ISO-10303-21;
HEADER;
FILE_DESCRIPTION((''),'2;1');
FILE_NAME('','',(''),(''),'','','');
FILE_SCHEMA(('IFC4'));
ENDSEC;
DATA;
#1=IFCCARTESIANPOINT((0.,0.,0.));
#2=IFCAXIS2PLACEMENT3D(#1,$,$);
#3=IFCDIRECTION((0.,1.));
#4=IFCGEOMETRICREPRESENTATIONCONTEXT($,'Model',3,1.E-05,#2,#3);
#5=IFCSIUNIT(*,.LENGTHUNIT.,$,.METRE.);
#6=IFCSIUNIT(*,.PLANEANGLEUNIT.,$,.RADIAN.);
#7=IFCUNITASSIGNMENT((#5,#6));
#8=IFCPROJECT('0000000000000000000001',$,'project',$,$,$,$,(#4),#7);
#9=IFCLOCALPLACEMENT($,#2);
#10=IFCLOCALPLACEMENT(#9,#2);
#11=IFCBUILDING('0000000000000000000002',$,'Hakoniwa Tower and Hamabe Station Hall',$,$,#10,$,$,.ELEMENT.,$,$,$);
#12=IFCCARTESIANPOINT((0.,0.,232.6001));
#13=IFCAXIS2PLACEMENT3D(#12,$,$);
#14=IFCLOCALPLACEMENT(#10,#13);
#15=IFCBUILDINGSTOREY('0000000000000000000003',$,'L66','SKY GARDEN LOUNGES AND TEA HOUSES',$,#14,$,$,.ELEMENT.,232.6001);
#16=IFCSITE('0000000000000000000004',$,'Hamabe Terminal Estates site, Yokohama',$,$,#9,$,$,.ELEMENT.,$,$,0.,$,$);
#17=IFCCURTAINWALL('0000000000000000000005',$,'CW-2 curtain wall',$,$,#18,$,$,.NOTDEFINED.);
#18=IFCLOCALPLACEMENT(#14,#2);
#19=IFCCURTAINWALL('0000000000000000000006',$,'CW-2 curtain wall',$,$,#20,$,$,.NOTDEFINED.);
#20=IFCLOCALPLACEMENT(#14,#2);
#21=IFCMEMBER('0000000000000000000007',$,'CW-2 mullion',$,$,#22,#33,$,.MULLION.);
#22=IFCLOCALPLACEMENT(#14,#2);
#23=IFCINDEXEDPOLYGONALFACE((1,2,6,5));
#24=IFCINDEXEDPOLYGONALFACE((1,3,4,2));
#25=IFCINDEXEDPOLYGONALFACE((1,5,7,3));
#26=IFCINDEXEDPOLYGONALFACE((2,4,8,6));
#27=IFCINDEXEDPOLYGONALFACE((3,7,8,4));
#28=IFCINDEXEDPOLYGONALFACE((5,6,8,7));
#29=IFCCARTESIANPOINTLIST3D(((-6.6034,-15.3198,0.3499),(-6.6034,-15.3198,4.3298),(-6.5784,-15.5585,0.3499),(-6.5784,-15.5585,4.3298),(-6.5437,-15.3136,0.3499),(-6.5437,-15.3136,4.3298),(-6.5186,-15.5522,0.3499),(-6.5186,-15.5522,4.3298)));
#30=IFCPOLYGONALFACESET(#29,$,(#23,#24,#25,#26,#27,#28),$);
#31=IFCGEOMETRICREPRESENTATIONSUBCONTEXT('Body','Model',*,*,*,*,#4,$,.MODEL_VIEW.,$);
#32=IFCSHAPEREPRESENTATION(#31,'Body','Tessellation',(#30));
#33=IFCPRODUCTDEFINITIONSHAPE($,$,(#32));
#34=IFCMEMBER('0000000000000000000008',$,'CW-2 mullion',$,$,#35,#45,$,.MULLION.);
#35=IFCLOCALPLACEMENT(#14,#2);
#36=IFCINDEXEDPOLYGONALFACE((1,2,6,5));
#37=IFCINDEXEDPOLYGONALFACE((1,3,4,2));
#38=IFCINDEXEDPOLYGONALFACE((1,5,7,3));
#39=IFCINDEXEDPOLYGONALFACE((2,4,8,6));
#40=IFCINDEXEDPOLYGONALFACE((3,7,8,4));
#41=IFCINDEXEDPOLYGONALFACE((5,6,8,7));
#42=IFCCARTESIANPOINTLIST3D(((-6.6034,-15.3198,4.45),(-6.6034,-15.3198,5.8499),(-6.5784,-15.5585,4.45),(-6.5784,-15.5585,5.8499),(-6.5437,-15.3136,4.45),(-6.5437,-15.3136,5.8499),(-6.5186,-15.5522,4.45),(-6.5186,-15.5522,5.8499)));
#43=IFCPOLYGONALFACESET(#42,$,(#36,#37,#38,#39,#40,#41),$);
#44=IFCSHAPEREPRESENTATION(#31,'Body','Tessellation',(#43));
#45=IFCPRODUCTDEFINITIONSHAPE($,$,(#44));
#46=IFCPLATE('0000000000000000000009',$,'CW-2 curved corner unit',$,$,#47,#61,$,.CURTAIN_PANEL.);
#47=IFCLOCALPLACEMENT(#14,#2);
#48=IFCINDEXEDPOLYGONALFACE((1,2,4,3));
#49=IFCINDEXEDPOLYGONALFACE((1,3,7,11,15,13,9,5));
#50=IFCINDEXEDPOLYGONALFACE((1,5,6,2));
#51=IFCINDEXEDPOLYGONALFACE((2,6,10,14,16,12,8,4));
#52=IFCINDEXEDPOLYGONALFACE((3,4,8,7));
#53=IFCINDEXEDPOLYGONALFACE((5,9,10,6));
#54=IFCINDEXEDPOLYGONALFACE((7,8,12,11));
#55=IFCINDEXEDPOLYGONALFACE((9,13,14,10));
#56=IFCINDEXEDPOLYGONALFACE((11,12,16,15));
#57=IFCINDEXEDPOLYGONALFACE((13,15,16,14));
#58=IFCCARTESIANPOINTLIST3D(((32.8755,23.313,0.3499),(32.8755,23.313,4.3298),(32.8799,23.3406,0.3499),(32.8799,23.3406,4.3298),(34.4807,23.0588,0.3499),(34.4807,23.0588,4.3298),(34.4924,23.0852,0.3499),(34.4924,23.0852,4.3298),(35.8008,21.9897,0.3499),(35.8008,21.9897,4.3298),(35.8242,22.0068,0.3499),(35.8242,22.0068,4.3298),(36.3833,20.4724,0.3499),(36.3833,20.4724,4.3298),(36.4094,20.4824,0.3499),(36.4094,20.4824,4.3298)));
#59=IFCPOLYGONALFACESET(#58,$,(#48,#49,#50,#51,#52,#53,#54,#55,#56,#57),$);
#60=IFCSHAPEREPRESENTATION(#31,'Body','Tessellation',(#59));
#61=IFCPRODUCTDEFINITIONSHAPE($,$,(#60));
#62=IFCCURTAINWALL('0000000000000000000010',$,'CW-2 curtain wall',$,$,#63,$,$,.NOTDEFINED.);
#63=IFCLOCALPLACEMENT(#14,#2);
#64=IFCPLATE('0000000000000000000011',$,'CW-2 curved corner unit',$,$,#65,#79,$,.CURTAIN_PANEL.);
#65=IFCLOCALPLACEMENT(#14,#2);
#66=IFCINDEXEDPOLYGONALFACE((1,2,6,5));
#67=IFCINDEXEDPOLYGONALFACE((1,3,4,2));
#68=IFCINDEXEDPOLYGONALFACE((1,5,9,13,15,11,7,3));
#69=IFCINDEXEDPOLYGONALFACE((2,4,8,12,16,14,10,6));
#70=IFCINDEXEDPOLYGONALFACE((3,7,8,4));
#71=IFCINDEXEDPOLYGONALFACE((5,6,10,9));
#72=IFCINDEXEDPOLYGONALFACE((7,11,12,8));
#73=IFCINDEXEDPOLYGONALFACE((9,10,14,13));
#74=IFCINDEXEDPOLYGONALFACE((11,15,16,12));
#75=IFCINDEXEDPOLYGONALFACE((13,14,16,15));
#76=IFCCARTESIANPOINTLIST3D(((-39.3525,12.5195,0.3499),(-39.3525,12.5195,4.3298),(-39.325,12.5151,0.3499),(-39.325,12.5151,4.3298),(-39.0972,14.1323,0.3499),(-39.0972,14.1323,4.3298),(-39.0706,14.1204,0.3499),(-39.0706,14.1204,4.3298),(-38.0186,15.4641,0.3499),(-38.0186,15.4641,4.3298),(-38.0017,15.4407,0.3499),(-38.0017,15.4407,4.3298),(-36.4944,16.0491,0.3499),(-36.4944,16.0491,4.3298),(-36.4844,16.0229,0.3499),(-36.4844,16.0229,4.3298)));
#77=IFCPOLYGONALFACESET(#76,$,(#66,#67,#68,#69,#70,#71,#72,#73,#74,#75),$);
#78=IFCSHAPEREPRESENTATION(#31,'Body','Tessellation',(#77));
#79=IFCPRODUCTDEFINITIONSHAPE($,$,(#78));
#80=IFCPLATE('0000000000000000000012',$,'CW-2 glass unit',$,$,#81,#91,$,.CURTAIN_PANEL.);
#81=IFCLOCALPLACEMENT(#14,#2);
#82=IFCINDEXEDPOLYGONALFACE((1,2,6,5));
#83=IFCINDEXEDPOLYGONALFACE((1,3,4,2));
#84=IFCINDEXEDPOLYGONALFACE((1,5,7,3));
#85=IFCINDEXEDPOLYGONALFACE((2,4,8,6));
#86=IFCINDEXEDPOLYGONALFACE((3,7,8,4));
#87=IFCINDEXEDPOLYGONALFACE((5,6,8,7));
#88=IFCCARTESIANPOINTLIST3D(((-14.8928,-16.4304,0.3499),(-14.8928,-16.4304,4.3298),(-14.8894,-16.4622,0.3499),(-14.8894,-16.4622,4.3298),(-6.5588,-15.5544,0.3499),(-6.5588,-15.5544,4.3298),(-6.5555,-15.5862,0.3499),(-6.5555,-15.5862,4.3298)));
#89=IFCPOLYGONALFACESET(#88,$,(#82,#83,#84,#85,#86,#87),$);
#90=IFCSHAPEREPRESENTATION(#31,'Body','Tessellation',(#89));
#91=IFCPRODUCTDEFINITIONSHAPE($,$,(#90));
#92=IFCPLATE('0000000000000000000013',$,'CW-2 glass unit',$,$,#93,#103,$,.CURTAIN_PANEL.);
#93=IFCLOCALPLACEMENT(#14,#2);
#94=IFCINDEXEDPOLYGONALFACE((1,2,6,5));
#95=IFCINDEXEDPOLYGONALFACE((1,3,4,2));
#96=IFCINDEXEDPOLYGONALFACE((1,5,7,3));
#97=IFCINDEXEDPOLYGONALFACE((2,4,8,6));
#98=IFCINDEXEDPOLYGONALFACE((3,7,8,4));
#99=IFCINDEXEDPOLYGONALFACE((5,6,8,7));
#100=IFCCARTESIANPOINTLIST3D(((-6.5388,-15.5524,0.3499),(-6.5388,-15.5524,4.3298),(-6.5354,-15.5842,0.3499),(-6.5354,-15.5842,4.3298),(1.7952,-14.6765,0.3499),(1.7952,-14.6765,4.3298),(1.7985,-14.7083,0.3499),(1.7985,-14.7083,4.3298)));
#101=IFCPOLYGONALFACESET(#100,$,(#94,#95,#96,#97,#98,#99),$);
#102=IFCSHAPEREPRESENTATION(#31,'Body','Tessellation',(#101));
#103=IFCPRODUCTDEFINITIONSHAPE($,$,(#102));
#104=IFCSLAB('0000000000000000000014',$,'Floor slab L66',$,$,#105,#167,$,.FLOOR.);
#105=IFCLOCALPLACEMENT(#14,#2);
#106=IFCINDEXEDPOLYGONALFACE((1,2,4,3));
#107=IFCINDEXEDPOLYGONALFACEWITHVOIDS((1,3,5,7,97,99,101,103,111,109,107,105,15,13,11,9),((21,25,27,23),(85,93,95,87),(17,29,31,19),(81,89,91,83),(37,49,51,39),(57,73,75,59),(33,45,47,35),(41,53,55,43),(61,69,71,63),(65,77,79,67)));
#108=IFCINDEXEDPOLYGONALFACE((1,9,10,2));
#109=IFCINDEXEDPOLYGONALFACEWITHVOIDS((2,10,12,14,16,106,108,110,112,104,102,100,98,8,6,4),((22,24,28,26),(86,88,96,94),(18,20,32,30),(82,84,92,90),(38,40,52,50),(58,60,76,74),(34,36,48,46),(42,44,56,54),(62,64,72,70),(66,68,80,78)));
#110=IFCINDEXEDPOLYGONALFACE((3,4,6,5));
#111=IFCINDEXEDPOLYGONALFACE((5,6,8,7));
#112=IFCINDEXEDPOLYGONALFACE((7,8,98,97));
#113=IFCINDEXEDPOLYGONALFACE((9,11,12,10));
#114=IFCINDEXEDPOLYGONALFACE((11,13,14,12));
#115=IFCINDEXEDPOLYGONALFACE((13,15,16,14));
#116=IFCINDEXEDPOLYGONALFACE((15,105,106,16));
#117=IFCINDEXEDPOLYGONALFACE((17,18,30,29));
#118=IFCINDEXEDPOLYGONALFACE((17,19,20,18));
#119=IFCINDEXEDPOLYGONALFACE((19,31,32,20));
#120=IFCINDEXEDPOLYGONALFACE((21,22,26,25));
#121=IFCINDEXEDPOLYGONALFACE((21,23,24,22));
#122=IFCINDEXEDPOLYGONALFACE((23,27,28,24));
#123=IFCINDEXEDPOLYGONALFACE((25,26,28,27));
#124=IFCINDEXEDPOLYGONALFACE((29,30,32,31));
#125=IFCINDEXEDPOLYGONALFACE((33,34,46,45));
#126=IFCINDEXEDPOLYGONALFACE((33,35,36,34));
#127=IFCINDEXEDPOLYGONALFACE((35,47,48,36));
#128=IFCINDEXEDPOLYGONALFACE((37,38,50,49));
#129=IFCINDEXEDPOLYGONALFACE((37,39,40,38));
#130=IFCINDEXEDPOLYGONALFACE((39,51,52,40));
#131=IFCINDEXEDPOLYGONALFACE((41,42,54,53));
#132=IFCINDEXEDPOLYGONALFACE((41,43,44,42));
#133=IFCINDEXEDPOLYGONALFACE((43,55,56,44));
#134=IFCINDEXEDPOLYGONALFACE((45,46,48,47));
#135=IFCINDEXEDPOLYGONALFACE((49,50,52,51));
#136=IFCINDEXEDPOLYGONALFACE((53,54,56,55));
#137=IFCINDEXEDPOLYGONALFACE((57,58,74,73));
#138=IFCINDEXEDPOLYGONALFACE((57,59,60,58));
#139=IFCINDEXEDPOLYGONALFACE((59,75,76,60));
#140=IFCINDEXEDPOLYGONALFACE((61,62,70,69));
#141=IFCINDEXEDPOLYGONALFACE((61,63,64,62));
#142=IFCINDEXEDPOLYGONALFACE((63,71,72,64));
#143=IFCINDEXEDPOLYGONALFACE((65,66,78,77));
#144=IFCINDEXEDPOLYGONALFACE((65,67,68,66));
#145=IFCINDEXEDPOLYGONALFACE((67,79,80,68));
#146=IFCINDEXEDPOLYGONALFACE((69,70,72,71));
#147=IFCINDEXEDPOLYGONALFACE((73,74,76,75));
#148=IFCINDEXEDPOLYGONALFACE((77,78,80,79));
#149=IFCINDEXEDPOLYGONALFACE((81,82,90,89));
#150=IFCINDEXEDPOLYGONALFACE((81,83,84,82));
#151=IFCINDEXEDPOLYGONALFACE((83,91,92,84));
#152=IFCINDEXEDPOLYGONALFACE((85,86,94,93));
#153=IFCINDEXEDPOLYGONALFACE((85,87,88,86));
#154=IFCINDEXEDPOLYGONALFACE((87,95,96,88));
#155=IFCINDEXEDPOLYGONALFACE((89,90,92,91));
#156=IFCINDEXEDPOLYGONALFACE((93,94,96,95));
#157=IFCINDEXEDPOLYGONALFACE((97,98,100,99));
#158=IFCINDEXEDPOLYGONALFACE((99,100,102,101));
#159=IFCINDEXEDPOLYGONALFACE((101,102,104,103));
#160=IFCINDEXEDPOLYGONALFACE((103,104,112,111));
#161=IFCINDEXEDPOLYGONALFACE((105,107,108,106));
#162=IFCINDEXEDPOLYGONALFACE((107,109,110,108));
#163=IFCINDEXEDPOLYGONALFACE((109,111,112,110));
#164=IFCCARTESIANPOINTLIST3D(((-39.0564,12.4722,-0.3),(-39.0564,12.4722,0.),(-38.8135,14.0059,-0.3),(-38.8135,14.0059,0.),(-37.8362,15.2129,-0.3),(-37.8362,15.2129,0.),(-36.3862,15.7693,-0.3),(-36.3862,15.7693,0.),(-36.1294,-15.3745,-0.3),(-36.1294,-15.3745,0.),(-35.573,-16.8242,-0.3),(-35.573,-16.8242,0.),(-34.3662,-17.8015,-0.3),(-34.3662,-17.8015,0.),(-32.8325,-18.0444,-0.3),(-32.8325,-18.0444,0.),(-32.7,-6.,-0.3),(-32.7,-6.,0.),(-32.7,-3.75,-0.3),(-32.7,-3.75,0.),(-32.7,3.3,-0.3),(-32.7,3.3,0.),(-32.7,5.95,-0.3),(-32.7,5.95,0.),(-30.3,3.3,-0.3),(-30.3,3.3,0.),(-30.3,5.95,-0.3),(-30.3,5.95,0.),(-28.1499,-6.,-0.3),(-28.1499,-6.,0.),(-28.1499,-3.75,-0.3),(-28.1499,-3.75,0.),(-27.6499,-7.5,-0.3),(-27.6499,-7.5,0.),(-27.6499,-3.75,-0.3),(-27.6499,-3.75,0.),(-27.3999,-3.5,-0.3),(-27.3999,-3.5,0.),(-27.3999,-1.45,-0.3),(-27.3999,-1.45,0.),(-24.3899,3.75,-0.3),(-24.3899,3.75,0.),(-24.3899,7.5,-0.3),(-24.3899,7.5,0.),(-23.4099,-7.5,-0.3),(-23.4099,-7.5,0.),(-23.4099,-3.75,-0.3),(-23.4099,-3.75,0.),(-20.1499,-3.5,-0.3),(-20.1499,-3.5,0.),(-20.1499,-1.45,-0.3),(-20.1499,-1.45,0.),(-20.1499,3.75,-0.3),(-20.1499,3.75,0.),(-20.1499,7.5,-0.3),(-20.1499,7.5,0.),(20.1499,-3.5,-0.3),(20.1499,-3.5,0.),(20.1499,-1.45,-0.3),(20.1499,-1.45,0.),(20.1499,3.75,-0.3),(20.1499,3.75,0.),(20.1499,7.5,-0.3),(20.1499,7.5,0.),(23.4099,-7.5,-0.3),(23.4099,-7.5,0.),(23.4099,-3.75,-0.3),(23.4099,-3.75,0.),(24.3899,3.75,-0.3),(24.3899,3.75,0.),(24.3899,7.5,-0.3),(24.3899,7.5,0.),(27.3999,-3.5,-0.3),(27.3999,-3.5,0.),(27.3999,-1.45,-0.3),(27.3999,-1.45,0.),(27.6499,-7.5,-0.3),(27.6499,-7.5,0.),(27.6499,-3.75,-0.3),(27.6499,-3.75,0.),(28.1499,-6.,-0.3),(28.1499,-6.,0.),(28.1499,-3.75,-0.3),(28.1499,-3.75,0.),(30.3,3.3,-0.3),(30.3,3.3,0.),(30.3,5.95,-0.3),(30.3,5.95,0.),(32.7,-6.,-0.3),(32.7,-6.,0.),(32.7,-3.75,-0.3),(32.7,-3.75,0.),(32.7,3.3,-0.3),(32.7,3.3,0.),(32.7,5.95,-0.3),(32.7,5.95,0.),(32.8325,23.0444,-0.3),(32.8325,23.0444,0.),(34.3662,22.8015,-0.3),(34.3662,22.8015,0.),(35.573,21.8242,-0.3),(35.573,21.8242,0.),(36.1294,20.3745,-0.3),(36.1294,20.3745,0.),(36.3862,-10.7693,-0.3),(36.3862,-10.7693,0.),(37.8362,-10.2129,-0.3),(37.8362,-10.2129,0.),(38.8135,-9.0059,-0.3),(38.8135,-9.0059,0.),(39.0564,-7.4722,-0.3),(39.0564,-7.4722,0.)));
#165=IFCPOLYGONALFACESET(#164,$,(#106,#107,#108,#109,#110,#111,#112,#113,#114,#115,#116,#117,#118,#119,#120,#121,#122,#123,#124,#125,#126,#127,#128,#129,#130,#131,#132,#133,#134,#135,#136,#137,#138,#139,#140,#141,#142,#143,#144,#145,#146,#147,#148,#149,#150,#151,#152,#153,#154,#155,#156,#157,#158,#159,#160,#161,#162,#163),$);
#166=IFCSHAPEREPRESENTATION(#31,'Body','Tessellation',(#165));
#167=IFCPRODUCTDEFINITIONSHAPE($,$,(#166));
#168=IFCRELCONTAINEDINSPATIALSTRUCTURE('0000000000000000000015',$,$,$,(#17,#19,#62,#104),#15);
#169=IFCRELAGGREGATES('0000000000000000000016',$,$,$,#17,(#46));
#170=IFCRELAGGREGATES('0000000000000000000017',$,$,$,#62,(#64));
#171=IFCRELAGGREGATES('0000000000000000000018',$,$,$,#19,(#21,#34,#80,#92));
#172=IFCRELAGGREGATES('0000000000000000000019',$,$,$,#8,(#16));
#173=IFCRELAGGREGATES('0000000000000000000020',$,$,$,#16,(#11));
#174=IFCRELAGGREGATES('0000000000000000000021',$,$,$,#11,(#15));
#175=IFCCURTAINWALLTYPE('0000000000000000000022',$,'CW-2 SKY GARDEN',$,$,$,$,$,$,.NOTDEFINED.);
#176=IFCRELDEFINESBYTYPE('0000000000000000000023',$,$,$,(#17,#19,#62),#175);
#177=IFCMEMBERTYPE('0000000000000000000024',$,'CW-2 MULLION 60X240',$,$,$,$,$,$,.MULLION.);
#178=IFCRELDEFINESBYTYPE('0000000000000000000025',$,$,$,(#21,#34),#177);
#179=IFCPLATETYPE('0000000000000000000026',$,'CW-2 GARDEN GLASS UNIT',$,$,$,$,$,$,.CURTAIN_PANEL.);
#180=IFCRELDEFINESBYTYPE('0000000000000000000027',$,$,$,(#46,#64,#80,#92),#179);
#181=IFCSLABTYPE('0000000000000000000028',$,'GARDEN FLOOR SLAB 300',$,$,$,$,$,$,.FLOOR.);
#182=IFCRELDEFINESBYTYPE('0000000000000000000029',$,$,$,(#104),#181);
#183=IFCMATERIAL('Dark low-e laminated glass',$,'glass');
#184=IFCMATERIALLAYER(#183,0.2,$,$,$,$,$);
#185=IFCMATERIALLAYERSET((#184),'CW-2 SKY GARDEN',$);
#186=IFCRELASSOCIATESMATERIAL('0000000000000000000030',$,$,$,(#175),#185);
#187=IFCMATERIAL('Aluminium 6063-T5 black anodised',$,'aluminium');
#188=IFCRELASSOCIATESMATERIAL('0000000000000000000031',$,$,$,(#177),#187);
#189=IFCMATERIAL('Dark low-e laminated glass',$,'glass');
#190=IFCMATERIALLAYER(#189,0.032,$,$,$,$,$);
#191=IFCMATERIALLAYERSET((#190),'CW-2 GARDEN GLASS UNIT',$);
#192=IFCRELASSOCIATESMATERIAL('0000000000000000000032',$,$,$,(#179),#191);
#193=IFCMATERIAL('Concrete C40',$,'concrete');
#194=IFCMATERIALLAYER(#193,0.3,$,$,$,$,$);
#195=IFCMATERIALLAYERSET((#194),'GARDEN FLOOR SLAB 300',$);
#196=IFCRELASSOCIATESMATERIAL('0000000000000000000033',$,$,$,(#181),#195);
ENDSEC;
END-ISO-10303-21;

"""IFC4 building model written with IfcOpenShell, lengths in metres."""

from ifc_helpers import new_model, si_unit, direction, frame, origin, origin_2d, place, context, subcontext, project, spatial, polyline, rectangle, outline, extrude, material, layer, layer_set, material_profile, profile_set, type_object, element, aggregate, save


model = new_model("IFC4")

# Units and contexts
model_context = context("Model", 3, precision=1e-05, world=origin(), true_north=direction((0.0, 1.0)))
body_context = subcontext(model_context, "Body", "Model", "MODEL_VIEW")
ifc_project = project(units=[si_unit("LENGTHUNIT", "METRE"), si_unit("PLANEANGLEUNIT", "RADIAN")], contexts=[model_context])

# Site, building, storey
site_placement = place(None, origin())
site = spatial("IfcSite", under=ifc_project, at=site_placement, Name="Hamabe Terminal Estates site, Yokohama", CompositionType="ELEMENT", RefElevation=0.0)
building_placement = place(site_placement, origin())
building = spatial("IfcBuilding", under=site, at=building_placement, Name="Hakoniwa Tower and Hamabe Station Hall", CompositionType="ELEMENT")
storey_placement = place(building_placement, frame((0.0, 0.0, 232.6001)))
storey = spatial("IfcBuildingStorey", under=building, at=storey_placement, Name="L66", Description="SKY GARDEN LOUNGES AND TEA HOUSES", CompositionType="ELEMENT", Elevation=232.6001)

# Curtain walls, members
ifc_material_1 = material(Name="Dark low-e laminated glass", Category="glass")
ifc_layer_1 = layer(ifc_material_1, 0.2)
ifc_layer_set_1 = layer_set([ifc_layer_1], Name="CW-2 SKY GARDEN")
curtain_wall_type = type_object("IfcCurtainWallType", Name="CW-2 SKY GARDEN", PredefinedType="NOTDEFINED", material=ifc_layer_set_1)
curtain_wall_1_placement = place(storey_placement, origin())
curtain_wall_1 = element("IfcCurtainWall", 1, at=curtain_wall_1_placement, inside=storey, type_object=curtain_wall_type, Name="CW-2 curtain wall", PredefinedType="NOTDEFINED")
curtain_wall_2_placement = place(storey_placement, origin())
curtain_wall_2 = element("IfcCurtainWall", 2, at=curtain_wall_2_placement, inside=storey, type_object=curtain_wall_type, Name="CW-2 curtain wall", PredefinedType="NOTDEFINED")
ifc_material_2 = material(Name="Aluminium 6063-T5 black anodised", Category="aluminium")
ifc_material_profile_1 = material_profile(ifc_material_2, rectangle(XDim=0.0601, YDim=0.24, at=origin_2d()), Name="CW-2 MULLION 60X240")
ifc_profile_set_1 = profile_set([ifc_material_profile_1], Name="Aluminium 6063-T5 black anodised")
member_type_1 = type_object("IfcMemberType", Name="CW-2 MULLION 60X240", PredefinedType="MULLION", material=ifc_profile_set_1)
member_1_placement = place(storey_placement, frame((-6.561, -15.436, 0.3499), z_axis=(0.0, 0.0, 1.0), x_axis=(0.994522, 0.104528, 0.0)))
member_1 = element("IfcMember", 3, at=member_1_placement, type_object=member_type_1, Name="CW-2 mullion", PredefinedType="MULLION", context=body_context, shape_type="SweptSolid", body=[
    extrude(rectangle(XDim=0.0601, YDim=0.24, at=origin_2d()), origin(), (0.0, 0.0, 1.0), 3.98),
])
member_2_placement = place(storey_placement, frame((-6.561, -15.436, 4.45), z_axis=(0.0, 0.0, 1.0), x_axis=(0.994522, 0.104528, 0.0)))
member_2 = element("IfcMember", 4, at=member_2_placement, type_object=member_type_1, Name="CW-2 mullion", PredefinedType="MULLION", context=body_context, shape_type="SweptSolid", body=[
    extrude(rectangle(XDim=0.0601, YDim=0.24, at=origin_2d()), origin(), (0.0, 0.0, 1.0), 1.3999),
])

# Plate
ifc_material_3 = material(Name="Dark low-e laminated glass", Category="glass")
ifc_layer_2 = layer(ifc_material_3, 0.032)
ifc_layer_set_2 = layer_set([ifc_layer_2], Name="CW-2 GARDEN GLASS UNIT")
plate_type = type_object("IfcPlateType", Name="CW-2 GARDEN GLASS UNIT", PredefinedType="CURTAIN_PANEL", material=ifc_layer_set_2)
plate_1_placement = place(storey_placement, frame((0.0, 0.0, 0.3499)))
plate_1 = element("IfcPlate", 5, at=plate_1_placement, type_object=plate_type, Name="CW-2 curved corner unit", PredefinedType="CURTAIN_PANEL", context=body_context, shape_type="SweptSolid", body=[
    extrude(outline(polyline([(36.4094, 20.4824), (35.8242, 22.0068), (34.4924, 23.0852), (32.8799, 23.3406), (32.8755, 23.313), (34.4807, 23.0588), (35.8008, 21.9897), (36.3833, 20.4724), (36.4094, 20.4824)])), origin(), (0.0, 0.0, 1.0), 3.98),
])
aggregate(curtain_wall_1, [plate_1])

# Curtain wall, plate
curtain_wall_3_placement = place(storey_placement, origin())
curtain_wall_3 = element("IfcCurtainWall", 6, at=curtain_wall_3_placement, inside=storey, type_object=curtain_wall_type, Name="CW-2 curtain wall", PredefinedType="NOTDEFINED")
plate_2_placement = place(storey_placement, frame((0.0, 0.0, 0.3499)))
plate_2 = element("IfcPlate", 7, at=plate_2_placement, type_object=plate_type, Name="CW-2 curved corner unit", PredefinedType="CURTAIN_PANEL", context=body_context, shape_type="SweptSolid", body=[
    extrude(outline(polyline([(-36.4944, 16.0491), (-38.0186, 15.4641), (-39.0972, 14.1323), (-39.3525, 12.5195), (-39.325, 12.5151), (-39.0706, 14.1204), (-38.0017, 15.4407), (-36.4844, 16.0229), (-36.4944, 16.0491)])), origin(), (0.0, 0.0, 1.0), 3.98),
])
aggregate(curtain_wall_3, [plate_2])

# Plates
plate_3_placement = place(storey_placement, frame((-10.7241, -16.0083, 0.3499), z_axis=(0.0, 0.0, 1.0), x_axis=(0.994522, 0.104528, 0.0)))
plate_3 = element("IfcPlate", 8, at=plate_3_placement, type_object=plate_type, Name="CW-2 glass unit", PredefinedType="CURTAIN_PANEL", context=body_context, shape_type="SweptSolid", body=[
    extrude(rectangle(XDim=8.3799, YDim=0.032, at=origin_2d()), origin(), (0.0, 0.0, 1.0), 3.98),
])
plate_4_placement = place(storey_placement, frame((-2.3701, -15.1304, 0.3499), z_axis=(0.0, 0.0, 1.0), x_axis=(0.994522, 0.104528, 0.0)))
plate_4 = element("IfcPlate", 9, at=plate_4_placement, type_object=plate_type, Name="CW-2 glass unit", PredefinedType="CURTAIN_PANEL", context=body_context, shape_type="SweptSolid", body=[
    extrude(rectangle(XDim=8.3799, YDim=0.032, at=origin_2d()), origin(), (0.0, 0.0, 1.0), 3.98),
])

# Slab
ifc_material_4 = material(Name="Concrete C40", Category="concrete")
ifc_layer_3 = layer(ifc_material_4, 0.3)
ifc_layer_set_3 = layer_set([ifc_layer_3], Name="GARDEN FLOOR SLAB 300")
slab_type_1 = type_object("IfcSlabType", Name="GARDEN FLOOR SLAB 300", PredefinedType="FLOOR", material=ifc_layer_set_3)
slab_1_placement = place(storey_placement, frame((0.0, 0.0, -0.3)))
element("IfcSlab", 10, at=slab_1_placement, inside=storey, type_object=slab_type_1, Name="Floor slab L66", PredefinedType="FLOOR", context=body_context, shape_type="SweptSolid", body=[
    extrude(outline(polyline([(39.0564, -7.4722), (36.1294, 20.3745), (35.573, 21.8242), (34.3662, 22.8015), (32.8325, 23.0444), (-36.3862, 15.7693), (-37.8362, 15.2129), (-38.8135, 14.0059), (-39.0564, 12.4722), (-36.1294, -15.3745), (-35.573, -16.8242), (-34.3662, -17.8015), (-32.8325, -18.0444), (36.3862, -10.7693), (37.8362, -10.2129), (38.8135, -9.0059), (39.0564, -7.4722)]), holes=[polyline([(-27.3999, -3.5), (-27.3999, -1.45), (-20.1499, -1.45), (-20.1499, -3.5), (-27.3999, -3.5)]), polyline([(-32.7, 3.3), (-32.7, 5.95), (-30.3, 5.95), (-30.3, 3.3), (-32.7, 3.3)]), polyline([(-32.7, -6.0), (-32.7, -3.75), (-28.1499, -3.75), (-28.1499, -6.0), (-32.7, -6.0)]), polyline([(-24.3899, 3.75), (-24.3899, 7.5), (-20.1499, 7.5), (-20.1499, 3.75), (-24.3899, 3.75)]), polyline([(-27.6499, -7.5), (-27.6499, -3.75), (-23.4099, -3.75), (-23.4099, -7.5), (-27.6499, -7.5)]), polyline([(20.1499, -3.5), (20.1499, -1.45), (27.3999, -1.45), (27.3999, -3.5), (20.1499, -3.5)]), polyline([(30.3, 3.3), (30.3, 5.95), (32.7, 5.95), (32.7, 3.3), (30.3, 3.3)]), polyline([(28.1499, -6.0), (28.1499, -3.75), (32.7, -3.75), (32.7, -6.0), (28.1499, -6.0)]), polyline([(20.1499, 3.75), (20.1499, 7.5), (24.3899, 7.5), (24.3899, 3.75), (20.1499, 3.75)]), polyline([(23.4099, -7.5), (23.4099, -3.75), (27.6499, -3.75), (27.6499, -7.5), (23.4099, -7.5)])]), origin(), (0.0, 0.0, 1.0), 0.3),
])

aggregate(curtain_wall_2, [member_1, member_2, plate_3, plate_4])

save(model, "model.ifc")
